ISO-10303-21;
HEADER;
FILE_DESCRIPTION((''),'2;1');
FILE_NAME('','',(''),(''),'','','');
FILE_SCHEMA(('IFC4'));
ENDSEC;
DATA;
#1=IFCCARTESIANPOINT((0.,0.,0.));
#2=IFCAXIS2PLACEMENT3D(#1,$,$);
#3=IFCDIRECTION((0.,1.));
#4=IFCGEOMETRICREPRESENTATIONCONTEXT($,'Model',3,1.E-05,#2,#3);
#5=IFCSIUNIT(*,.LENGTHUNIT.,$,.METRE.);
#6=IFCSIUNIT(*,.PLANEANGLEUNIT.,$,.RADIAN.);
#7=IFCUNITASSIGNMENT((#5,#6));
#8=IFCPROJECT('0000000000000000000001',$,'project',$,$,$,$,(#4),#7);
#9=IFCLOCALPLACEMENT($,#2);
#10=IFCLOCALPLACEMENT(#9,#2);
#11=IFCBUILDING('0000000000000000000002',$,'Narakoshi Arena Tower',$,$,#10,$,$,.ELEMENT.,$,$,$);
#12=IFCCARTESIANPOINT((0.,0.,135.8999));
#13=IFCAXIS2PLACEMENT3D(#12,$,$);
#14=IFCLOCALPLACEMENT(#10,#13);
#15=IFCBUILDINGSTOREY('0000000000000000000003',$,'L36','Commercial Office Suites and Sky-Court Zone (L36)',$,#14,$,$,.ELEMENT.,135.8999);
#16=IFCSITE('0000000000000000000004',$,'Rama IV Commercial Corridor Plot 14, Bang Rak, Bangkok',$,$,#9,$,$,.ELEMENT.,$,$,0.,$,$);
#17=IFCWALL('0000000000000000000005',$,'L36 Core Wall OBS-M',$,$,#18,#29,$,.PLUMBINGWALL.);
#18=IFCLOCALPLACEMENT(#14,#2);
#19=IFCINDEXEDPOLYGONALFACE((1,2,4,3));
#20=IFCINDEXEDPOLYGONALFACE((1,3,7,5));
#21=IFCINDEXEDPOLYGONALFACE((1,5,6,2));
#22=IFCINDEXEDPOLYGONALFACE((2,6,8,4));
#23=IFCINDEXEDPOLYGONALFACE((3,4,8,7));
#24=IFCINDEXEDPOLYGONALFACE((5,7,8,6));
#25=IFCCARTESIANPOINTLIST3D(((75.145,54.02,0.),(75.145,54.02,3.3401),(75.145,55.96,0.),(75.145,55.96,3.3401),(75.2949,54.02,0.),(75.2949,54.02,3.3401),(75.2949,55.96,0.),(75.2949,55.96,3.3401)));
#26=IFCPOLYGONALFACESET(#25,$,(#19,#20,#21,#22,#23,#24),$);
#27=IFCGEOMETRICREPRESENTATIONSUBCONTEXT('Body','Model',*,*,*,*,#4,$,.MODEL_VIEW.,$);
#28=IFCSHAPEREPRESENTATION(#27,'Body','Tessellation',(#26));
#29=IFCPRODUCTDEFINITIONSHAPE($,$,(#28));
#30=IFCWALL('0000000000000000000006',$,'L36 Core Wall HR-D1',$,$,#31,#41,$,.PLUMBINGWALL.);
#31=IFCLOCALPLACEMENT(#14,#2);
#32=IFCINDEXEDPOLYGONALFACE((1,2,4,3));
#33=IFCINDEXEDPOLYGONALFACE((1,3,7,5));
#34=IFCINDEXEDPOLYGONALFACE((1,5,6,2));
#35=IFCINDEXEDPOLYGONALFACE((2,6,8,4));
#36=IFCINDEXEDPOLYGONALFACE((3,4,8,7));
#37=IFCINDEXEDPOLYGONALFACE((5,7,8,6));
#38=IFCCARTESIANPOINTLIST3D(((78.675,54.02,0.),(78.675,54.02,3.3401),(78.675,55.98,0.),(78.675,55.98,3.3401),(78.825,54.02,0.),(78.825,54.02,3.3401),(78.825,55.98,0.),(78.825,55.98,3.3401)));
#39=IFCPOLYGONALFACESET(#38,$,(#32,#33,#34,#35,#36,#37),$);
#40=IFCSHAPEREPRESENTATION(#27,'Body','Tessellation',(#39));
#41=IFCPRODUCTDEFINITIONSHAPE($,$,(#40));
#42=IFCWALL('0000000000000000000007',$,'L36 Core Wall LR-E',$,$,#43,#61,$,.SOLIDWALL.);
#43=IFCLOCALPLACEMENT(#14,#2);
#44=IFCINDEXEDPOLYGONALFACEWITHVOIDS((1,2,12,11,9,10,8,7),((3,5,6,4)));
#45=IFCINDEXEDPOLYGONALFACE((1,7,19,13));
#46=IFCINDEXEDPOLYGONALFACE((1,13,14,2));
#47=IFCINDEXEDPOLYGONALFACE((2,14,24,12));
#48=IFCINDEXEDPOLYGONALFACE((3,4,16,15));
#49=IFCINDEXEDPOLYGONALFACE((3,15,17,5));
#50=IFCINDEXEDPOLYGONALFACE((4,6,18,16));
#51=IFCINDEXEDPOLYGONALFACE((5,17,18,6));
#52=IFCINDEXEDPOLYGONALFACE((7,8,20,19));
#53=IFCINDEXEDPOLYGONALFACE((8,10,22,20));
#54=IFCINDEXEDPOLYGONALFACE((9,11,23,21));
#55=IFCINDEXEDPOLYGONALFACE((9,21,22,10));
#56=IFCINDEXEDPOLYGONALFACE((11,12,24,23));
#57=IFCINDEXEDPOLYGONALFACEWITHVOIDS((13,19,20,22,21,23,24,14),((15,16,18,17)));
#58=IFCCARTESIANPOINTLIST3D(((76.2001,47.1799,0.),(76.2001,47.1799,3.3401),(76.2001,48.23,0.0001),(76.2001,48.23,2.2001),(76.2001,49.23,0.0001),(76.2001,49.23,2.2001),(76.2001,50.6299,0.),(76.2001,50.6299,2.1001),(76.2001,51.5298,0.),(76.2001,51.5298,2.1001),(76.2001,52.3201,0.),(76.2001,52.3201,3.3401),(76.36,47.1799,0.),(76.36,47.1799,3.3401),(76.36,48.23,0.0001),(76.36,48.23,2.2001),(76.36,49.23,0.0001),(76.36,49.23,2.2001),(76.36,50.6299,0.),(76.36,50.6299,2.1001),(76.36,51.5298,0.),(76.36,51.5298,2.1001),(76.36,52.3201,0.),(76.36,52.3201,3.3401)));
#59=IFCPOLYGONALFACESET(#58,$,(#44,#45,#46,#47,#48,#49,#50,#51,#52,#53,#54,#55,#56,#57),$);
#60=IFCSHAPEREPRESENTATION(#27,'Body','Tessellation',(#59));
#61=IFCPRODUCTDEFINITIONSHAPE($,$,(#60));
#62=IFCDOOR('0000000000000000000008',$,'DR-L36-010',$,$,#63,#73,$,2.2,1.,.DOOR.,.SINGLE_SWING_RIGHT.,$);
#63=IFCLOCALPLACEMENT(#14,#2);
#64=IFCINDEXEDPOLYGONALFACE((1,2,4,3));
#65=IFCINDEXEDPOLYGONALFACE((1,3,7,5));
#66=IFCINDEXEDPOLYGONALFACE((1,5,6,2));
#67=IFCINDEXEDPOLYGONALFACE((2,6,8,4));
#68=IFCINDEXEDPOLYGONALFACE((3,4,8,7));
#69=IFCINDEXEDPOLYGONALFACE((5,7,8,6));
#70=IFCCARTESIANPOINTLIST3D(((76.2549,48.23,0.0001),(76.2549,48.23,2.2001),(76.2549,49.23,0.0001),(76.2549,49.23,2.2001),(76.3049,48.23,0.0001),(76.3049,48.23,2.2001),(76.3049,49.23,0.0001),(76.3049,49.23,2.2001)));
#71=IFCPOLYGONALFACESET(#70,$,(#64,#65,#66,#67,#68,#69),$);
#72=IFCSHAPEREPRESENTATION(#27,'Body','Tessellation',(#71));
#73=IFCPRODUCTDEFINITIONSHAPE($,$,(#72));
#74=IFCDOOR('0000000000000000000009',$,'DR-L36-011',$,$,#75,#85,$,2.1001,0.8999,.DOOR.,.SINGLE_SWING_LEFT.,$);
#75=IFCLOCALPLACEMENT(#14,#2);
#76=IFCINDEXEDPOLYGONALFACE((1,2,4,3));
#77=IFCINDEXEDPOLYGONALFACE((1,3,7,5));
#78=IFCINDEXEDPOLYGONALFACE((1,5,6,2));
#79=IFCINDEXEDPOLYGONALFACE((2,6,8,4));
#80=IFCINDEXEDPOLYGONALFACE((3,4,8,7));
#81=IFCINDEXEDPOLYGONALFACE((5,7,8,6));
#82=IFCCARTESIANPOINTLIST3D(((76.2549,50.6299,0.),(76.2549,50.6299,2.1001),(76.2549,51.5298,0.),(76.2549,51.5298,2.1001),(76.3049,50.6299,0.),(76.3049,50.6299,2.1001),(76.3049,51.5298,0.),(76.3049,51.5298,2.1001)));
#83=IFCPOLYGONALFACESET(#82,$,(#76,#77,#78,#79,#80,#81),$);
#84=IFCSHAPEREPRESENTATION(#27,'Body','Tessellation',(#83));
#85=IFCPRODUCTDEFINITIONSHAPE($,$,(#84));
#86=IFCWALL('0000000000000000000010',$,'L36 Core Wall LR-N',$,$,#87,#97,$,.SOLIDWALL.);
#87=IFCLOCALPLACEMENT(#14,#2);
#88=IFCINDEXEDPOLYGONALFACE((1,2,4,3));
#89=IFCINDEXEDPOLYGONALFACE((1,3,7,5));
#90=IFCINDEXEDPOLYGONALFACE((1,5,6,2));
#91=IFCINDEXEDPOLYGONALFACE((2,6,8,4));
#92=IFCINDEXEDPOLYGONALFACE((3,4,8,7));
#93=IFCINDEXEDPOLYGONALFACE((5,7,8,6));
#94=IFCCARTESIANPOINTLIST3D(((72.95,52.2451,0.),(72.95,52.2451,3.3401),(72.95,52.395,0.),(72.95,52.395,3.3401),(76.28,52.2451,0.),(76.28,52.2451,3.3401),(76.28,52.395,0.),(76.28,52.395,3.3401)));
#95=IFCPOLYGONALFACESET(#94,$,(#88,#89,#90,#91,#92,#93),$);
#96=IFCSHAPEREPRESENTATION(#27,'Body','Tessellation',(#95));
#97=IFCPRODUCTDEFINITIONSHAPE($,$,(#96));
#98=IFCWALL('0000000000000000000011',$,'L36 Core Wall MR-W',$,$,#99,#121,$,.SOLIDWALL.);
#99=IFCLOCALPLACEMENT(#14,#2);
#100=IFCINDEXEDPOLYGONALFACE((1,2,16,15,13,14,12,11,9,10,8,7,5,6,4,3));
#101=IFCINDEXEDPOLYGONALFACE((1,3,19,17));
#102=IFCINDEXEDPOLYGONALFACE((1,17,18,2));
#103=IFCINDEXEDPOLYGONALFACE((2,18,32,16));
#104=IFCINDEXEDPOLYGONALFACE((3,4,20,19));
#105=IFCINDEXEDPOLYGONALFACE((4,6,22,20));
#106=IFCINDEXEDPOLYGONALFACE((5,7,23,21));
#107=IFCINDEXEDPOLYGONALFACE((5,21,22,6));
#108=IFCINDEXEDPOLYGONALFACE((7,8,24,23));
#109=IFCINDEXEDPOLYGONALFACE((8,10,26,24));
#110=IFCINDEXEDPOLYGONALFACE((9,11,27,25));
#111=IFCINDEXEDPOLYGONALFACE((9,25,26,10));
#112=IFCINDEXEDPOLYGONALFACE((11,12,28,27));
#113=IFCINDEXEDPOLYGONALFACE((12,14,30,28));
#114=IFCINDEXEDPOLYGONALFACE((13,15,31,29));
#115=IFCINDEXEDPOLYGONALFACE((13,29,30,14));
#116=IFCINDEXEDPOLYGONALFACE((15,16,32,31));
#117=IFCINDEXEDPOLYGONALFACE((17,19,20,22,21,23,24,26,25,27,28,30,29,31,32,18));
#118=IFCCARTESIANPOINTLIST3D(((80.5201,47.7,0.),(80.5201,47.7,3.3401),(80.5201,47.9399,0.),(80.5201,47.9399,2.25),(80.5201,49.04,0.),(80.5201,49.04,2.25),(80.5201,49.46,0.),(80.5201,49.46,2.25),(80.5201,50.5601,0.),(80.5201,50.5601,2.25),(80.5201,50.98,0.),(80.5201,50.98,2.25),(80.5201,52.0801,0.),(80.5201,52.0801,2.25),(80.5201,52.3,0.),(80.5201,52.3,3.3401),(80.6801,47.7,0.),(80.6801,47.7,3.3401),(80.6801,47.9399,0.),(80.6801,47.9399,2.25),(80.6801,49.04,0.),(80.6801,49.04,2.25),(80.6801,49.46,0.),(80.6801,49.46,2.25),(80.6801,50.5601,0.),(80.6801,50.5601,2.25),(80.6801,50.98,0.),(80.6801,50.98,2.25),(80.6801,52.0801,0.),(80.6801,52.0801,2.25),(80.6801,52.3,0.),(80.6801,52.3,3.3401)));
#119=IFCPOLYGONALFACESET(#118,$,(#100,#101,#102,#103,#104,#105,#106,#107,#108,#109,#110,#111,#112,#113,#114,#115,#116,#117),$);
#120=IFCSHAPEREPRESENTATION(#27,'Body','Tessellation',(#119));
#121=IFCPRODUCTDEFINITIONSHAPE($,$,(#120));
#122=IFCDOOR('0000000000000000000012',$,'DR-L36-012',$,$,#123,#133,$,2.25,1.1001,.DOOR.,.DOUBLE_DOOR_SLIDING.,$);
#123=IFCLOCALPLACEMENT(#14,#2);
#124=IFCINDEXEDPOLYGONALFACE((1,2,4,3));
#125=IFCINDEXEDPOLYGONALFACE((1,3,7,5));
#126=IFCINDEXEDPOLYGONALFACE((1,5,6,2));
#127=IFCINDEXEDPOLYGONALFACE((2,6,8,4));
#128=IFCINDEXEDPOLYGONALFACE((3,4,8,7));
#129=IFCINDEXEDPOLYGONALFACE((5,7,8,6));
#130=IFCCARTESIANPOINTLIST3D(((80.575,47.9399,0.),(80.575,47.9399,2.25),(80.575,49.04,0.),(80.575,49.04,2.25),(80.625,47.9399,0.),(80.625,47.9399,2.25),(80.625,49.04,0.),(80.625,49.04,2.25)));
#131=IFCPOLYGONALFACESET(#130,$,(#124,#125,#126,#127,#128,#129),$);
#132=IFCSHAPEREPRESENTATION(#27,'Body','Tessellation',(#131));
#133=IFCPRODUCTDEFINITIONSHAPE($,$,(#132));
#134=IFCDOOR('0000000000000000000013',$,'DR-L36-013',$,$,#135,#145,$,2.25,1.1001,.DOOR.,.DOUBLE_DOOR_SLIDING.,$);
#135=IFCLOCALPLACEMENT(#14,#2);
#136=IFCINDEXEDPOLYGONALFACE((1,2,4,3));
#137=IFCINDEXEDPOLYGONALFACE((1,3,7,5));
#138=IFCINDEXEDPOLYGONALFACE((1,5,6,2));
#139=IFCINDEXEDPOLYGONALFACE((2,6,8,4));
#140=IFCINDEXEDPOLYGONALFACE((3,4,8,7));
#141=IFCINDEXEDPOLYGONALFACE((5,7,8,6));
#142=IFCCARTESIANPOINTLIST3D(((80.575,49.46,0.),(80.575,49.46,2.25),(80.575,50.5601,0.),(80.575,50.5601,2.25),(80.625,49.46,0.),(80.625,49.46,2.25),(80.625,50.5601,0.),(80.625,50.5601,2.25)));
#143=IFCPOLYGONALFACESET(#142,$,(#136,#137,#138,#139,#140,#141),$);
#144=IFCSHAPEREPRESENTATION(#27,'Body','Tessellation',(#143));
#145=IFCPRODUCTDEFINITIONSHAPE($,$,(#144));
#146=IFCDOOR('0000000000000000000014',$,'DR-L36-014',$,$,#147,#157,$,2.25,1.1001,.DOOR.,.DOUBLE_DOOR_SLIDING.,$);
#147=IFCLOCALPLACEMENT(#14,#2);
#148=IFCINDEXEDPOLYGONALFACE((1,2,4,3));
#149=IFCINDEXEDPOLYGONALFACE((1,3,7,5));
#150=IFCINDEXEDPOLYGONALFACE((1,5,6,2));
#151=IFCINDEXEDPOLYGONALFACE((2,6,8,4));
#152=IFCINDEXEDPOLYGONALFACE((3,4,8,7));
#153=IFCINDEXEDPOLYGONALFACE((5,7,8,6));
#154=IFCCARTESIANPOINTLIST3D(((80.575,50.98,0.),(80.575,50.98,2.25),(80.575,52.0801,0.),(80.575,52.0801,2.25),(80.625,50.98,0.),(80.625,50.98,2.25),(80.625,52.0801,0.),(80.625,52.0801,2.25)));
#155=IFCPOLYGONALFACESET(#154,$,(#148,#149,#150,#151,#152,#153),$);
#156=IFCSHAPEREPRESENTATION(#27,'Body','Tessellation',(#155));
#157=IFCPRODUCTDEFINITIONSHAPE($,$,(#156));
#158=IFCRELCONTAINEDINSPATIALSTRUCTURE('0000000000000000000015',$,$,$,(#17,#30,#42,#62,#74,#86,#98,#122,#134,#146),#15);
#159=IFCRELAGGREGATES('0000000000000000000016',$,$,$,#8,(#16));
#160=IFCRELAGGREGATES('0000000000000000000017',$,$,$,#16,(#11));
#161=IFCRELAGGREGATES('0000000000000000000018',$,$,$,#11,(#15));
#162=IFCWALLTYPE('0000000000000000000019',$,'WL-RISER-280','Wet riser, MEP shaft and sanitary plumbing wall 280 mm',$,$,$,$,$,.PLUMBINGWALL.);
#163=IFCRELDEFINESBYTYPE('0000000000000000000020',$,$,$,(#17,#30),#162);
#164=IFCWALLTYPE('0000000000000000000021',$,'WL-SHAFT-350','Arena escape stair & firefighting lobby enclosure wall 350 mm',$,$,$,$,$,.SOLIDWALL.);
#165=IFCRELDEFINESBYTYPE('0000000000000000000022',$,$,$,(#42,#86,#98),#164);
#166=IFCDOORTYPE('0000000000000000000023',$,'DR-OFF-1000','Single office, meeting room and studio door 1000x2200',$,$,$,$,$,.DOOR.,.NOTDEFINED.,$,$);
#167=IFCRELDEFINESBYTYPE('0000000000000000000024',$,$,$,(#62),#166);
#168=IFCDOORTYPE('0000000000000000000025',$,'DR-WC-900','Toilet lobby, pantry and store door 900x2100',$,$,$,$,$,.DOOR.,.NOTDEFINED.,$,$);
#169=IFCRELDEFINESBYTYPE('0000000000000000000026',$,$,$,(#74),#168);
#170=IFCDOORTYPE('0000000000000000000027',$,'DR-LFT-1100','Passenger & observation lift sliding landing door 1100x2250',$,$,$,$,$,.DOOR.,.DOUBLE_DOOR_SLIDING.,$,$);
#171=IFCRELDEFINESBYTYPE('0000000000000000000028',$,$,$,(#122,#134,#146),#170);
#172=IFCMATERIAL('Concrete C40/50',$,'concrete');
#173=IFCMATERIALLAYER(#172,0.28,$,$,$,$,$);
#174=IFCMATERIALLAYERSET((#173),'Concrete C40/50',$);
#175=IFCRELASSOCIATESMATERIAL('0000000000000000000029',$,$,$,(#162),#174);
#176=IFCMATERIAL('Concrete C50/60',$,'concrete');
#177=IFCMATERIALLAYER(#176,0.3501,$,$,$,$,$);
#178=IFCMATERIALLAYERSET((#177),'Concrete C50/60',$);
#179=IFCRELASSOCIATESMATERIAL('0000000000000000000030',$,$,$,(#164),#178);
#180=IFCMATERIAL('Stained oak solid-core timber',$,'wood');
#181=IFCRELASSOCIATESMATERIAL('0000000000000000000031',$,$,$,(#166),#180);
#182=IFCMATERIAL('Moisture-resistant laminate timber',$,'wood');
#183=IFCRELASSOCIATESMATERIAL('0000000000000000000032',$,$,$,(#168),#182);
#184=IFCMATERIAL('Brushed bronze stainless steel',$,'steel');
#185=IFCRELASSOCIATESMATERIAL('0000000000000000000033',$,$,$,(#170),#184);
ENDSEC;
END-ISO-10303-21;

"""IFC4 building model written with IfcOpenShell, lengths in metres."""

from ifc_helpers import new_model, si_unit, direction, frame, frame_2d, origin, place, context, subcontext, project, spatial, rectangle, extrude, material, layer, layer_set, type_object, element, fill, save


model = new_model("IFC4")

# Units and contexts
model_context = context("Model", 3, precision=1e-05, world=origin(), true_north=direction((0.0, 1.0)))
body_context = subcontext(model_context, "Body", "Model", "MODEL_VIEW")
ifc_project = project(units=[si_unit("LENGTHUNIT", "METRE"), si_unit("PLANEANGLEUNIT", "RADIAN")], contexts=[model_context])

# Site, building, storey
site_placement = place(None, origin())
site = spatial("IfcSite", under=ifc_project, at=site_placement, Name="Rama IV Commercial Corridor Plot 14, Bang Rak, Bangkok", CompositionType="ELEMENT", RefElevation=0.0)
building_placement = place(site_placement, origin())
building = spatial("IfcBuilding", under=site, at=building_placement, Name="Narakoshi Arena Tower", CompositionType="ELEMENT")
storey_placement = place(building_placement, frame((0.0, 0.0, 135.8999)))
storey = spatial("IfcBuildingStorey", under=building, at=storey_placement, Name="L36", Description="Commercial Office Suites and Sky-Court Zone (L36)", CompositionType="ELEMENT", Elevation=135.8999)

# Walls
ifc_material_1 = material(Name="Concrete C40/50", Category="concrete")
ifc_layer_1 = layer(ifc_material_1, 0.28)
ifc_layer_set_1 = layer_set([ifc_layer_1], Name="Concrete C40/50")
wall_type_1 = type_object("IfcWallType", Name="WL-RISER-280", Description="Wet riser, MEP shaft and sanitary plumbing wall 280 mm", PredefinedType="PLUMBINGWALL", material=ifc_layer_set_1)
for number, where, z_axis, x_axis, name in (
    (1, (75.22, 54.02, 0.0), (0.0, 0.0, 1.0), (0.0, 1.0, 0.0), "L36 Core Wall OBS-M"),
):
    element("IfcWall", number, at=place(storey_placement, frame(where, z_axis=z_axis, x_axis=x_axis)), inside=storey, type_object=wall_type_1, Name=name, PredefinedType="PLUMBINGWALL", context=body_context, shape_type="SweptSolid", body=[
        extrude(rectangle(XDim=1.9399, YDim=0.1499, at=frame_2d((0.97, 0.0))), origin(), (0.0, 0.0, 1.0), 3.3401),
    ])
wall_1_placement = place(storey_placement, frame((78.75, 54.02, 0.0), z_axis=(0.0, 0.0, 1.0), x_axis=(0.0, 1.0, 0.0)))
element("IfcWall", 2, at=wall_1_placement, inside=storey, type_object=wall_type_1, Name="L36 Core Wall HR-D1", PredefinedType="PLUMBINGWALL", context=body_context, shape_type="SweptSolid", body=[
    extrude(rectangle(XDim=1.96, YDim=0.1499, at=frame_2d((0.98, 0.0))), origin(), (0.0, 0.0, 1.0), 3.3401),
])

# Wall, openings, doors
ifc_material_2 = material(Name="Concrete C50/60", Category="concrete")
ifc_layer_2 = layer(ifc_material_2, 0.3501)
ifc_layer_set_2 = layer_set([ifc_layer_2], Name="Concrete C50/60")
wall_type_2 = type_object("IfcWallType", Name="WL-SHAFT-350", Description="Arena escape stair & firefighting lobby enclosure wall 350 mm", PredefinedType="SOLIDWALL", material=ifc_layer_set_2)
wall_2_placement = place(storey_placement, frame((76.28, 47.1799, 0.0), z_axis=(0.0, 0.0, 1.0), x_axis=(0.0, 1.0, 0.0)))
wall_2 = element("IfcWall", 3, at=wall_2_placement, inside=storey, type_object=wall_type_2, Name="L36 Core Wall LR-E", PredefinedType="SOLIDWALL", context=body_context, shape_type="SweptSolid", body=[
    extrude(rectangle(XDim=5.1401, YDim=0.1599, at=frame_2d((2.5701, 0.0))), origin(), (0.0, 0.0, 1.0), 3.3401),
])
opening_1_placement = place(wall_2_placement, frame((1.05, 0.0, 0.0)))
opening_1 = element("IfcOpeningElement", 4, at=opening_1_placement, cuts=wall_2, PredefinedType="OPENING", context=body_context, shape_type="SweptSolid", body=[
    extrude(rectangle(XDim=1.0, YDim=2.2, at=frame_2d((0.5, 1.1001))), frame((0.0, 0.0898, 0.0), z_axis=(0.0, -1.0, 0.0), x_axis=(1.0, 0.0, 0.0)), (0.0, 0.0, 1.0), 0.1799),
])
opening_2_placement = place(wall_2_placement, frame((3.45, 0.0, 0.0)))
opening_2 = element("IfcOpeningElement", 5, at=opening_2_placement, cuts=wall_2, PredefinedType="OPENING", context=body_context, shape_type="SweptSolid", body=[
    extrude(rectangle(XDim=0.8999, YDim=2.1001, at=frame_2d((0.45, 1.05))), frame((0.0, 0.0898, 0.0), z_axis=(0.0, -1.0, 0.0), x_axis=(1.0, 0.0, 0.0)), (0.0, 0.0, 1.0), 0.1799),
])
ifc_material_3 = material(Name="Stained oak solid-core timber", Category="wood")
door_type_1 = type_object("IfcDoorType", Name="DR-OFF-1000", Description="Single office, meeting room and studio door 1000x2200", OperationType="NOTDEFINED", PredefinedType="DOOR", material=ifc_material_3)
door_1_placement = place(opening_1_placement, frame((1.0, 0.0, 0.0), z_axis=(0.0, 0.0, 1.0), x_axis=(-1.0, 0.0, 0.0)))
door_1 = element("IfcDoor", 6, at=door_1_placement, inside=storey, type_object=door_type_1, Name="DR-L36-010", OperationType="SINGLE_SWING_RIGHT", OverallHeight=2.2, OverallWidth=1.0, PredefinedType="DOOR", context=body_context, shape_type="SweptSolid", body=[
    extrude(rectangle(XDim=1.0, YDim=2.2, at=frame_2d((0.5, 1.1001))), frame((0.0, 0.0249, 0.0), z_axis=(0.0, -1.0, 0.0), x_axis=(1.0, 0.0, 0.0)), (0.0, 0.0, 1.0), 0.05),
])
fill(opening_1, door_1)
ifc_material_4 = material(Name="Moisture-resistant laminate timber", Category="wood")
door_type_2 = type_object("IfcDoorType", Name="DR-WC-900", Description="Toilet lobby, pantry and store door 900x2100", OperationType="NOTDEFINED", PredefinedType="DOOR", material=ifc_material_4)
door_2_placement = place(opening_2_placement, frame((0.8999, 0.0, 0.0), z_axis=(0.0, 0.0, 1.0), x_axis=(-1.0, 0.0, 0.0)))
door_2 = element("IfcDoor", 7, at=door_2_placement, inside=storey, type_object=door_type_2, Name="DR-L36-011", OperationType="SINGLE_SWING_LEFT", OverallHeight=2.1001, OverallWidth=0.8999, PredefinedType="DOOR", context=body_context, shape_type="SweptSolid", body=[
    extrude(rectangle(XDim=0.8999, YDim=2.1001, at=frame_2d((0.45, 1.05))), frame((0.0, 0.0249, 0.0), z_axis=(0.0, -1.0, 0.0), x_axis=(1.0, 0.0, 0.0)), (0.0, 0.0, 1.0), 0.05),
])
fill(opening_2, door_2)

# Wall
wall_3_placement = place(storey_placement, frame((72.95, 52.3201, 0.0), z_axis=(0.0, 0.0, 1.0), x_axis=(1.0, 0.0, 0.0)))
element("IfcWall", 8, at=wall_3_placement, inside=storey, type_object=wall_type_2, Name="L36 Core Wall LR-N", PredefinedType="SOLIDWALL", context=body_context, shape_type="SweptSolid", body=[
    extrude(rectangle(XDim=3.3301, YDim=0.1499, at=frame_2d((1.665, 0.0))), origin(), (0.0, 0.0, 1.0), 3.3401),
])

# Wall, openings, doors
wall_4_placement = place(storey_placement, frame((80.6001, 47.7, 0.0), z_axis=(0.0, 0.0, 1.0), x_axis=(0.0, 1.0, 0.0)))
wall_4 = element("IfcWall", 9, at=wall_4_placement, inside=storey, type_object=wall_type_2, Name="L36 Core Wall MR-W", PredefinedType="SOLIDWALL", context=body_context, shape_type="SweptSolid", body=[
    extrude(rectangle(XDim=4.6001, YDim=0.1599, at=frame_2d((2.3, 0.0))), origin(), (0.0, 0.0, 1.0), 3.3401),
])
opening_3_placement = place(wall_4_placement, frame((0.24, 0.0, 0.0)))
opening_3 = element("IfcOpeningElement", 10, at=opening_3_placement, cuts=wall_4, PredefinedType="OPENING", context=body_context, shape_type="SweptSolid", body=[
    extrude(rectangle(XDim=1.1001, YDim=2.25, at=frame_2d((0.55, 1.125))), frame((0.0, 0.0898, 0.0), z_axis=(0.0, -1.0, 0.0), x_axis=(1.0, 0.0, 0.0)), (0.0, 0.0, 1.0), 0.1799),
])
opening_4_placement = place(wall_4_placement, frame((1.76, 0.0, 0.0)))
opening_4 = element("IfcOpeningElement", 11, at=opening_4_placement, cuts=wall_4, PredefinedType="OPENING", context=body_context, shape_type="SweptSolid", body=[
    extrude(rectangle(XDim=1.1001, YDim=2.25, at=frame_2d((0.55, 1.125))), frame((0.0, 0.0898, 0.0), z_axis=(0.0, -1.0, 0.0), x_axis=(1.0, 0.0, 0.0)), (0.0, 0.0, 1.0), 0.1799),
])
opening_5_placement = place(wall_4_placement, frame((3.28, 0.0, 0.0)))
opening_5 = element("IfcOpeningElement", 12, at=opening_5_placement, cuts=wall_4, PredefinedType="OPENING", context=body_context, shape_type="SweptSolid", body=[
    extrude(rectangle(XDim=1.1001, YDim=2.25, at=frame_2d((0.55, 1.125))), frame((0.0, 0.0898, 0.0), z_axis=(0.0, -1.0, 0.0), x_axis=(1.0, 0.0, 0.0)), (0.0, 0.0, 1.0), 0.1799),
])
ifc_material_5 = material(Name="Brushed bronze stainless steel", Category="steel")
door_type_3 = type_object("IfcDoorType", Name="DR-LFT-1100", Description="Passenger & observation lift sliding landing door 1100x2250", OperationType="DOUBLE_DOOR_SLIDING", PredefinedType="DOOR", material=ifc_material_5)
door_3_placement = place(opening_3_placement, frame((1.1001, 0.0, 0.0), z_axis=(0.0, 0.0, 1.0), x_axis=(-1.0, 0.0, 0.0)))
door_3 = element("IfcDoor", 13, at=door_3_placement, inside=storey, type_object=door_type_3, Name="DR-L36-012", OperationType="DOUBLE_DOOR_SLIDING", OverallHeight=2.25, OverallWidth=1.1001, PredefinedType="DOOR", context=body_context, shape_type="SweptSolid", body=[
    extrude(rectangle(XDim=1.1001, YDim=2.25, at=frame_2d((0.55, 1.125))), frame((0.0, 0.0249, 0.0), z_axis=(0.0, -1.0, 0.0), x_axis=(1.0, 0.0, 0.0)), (0.0, 0.0, 1.0), 0.05),
])
fill(opening_3, door_3)
door_4_placement = place(opening_4_placement, frame((1.1001, 0.0, 0.0), z_axis=(0.0, 0.0, 1.0), x_axis=(-1.0, 0.0, 0.0)))
door_4 = element("IfcDoor", 14, at=door_4_placement, inside=storey, type_object=door_type_3, Name="DR-L36-013", OperationType="DOUBLE_DOOR_SLIDING", OverallHeight=2.25, OverallWidth=1.1001, PredefinedType="DOOR", context=body_context, shape_type="SweptSolid", body=[
    extrude(rectangle(XDim=1.1001, YDim=2.25, at=frame_2d((0.55, 1.125))), frame((0.0, 0.0249, 0.0), z_axis=(0.0, -1.0, 0.0), x_axis=(1.0, 0.0, 0.0)), (0.0, 0.0, 1.0), 0.05),
])
fill(opening_4, door_4)
door_5_placement = place(opening_5_placement, frame((1.1001, 0.0, 0.0), z_axis=(0.0, 0.0, 1.0), x_axis=(-1.0, 0.0, 0.0)))
door_5 = element("IfcDoor", 15, at=door_5_placement, inside=storey, type_object=door_type_3, Name="DR-L36-014", OperationType="DOUBLE_DOOR_SLIDING", OverallHeight=2.25, OverallWidth=1.1001, PredefinedType="DOOR", context=body_context, shape_type="SweptSolid", body=[
    extrude(rectangle(XDim=1.1001, YDim=2.25, at=frame_2d((0.55, 1.125))), frame((0.0, 0.0249, 0.0), z_axis=(0.0, -1.0, 0.0), x_axis=(1.0, 0.0, 0.0)), (0.0, 0.0, 1.0), 0.05),
])
fill(opening_5, door_5)

save(model, "model.ifc")
